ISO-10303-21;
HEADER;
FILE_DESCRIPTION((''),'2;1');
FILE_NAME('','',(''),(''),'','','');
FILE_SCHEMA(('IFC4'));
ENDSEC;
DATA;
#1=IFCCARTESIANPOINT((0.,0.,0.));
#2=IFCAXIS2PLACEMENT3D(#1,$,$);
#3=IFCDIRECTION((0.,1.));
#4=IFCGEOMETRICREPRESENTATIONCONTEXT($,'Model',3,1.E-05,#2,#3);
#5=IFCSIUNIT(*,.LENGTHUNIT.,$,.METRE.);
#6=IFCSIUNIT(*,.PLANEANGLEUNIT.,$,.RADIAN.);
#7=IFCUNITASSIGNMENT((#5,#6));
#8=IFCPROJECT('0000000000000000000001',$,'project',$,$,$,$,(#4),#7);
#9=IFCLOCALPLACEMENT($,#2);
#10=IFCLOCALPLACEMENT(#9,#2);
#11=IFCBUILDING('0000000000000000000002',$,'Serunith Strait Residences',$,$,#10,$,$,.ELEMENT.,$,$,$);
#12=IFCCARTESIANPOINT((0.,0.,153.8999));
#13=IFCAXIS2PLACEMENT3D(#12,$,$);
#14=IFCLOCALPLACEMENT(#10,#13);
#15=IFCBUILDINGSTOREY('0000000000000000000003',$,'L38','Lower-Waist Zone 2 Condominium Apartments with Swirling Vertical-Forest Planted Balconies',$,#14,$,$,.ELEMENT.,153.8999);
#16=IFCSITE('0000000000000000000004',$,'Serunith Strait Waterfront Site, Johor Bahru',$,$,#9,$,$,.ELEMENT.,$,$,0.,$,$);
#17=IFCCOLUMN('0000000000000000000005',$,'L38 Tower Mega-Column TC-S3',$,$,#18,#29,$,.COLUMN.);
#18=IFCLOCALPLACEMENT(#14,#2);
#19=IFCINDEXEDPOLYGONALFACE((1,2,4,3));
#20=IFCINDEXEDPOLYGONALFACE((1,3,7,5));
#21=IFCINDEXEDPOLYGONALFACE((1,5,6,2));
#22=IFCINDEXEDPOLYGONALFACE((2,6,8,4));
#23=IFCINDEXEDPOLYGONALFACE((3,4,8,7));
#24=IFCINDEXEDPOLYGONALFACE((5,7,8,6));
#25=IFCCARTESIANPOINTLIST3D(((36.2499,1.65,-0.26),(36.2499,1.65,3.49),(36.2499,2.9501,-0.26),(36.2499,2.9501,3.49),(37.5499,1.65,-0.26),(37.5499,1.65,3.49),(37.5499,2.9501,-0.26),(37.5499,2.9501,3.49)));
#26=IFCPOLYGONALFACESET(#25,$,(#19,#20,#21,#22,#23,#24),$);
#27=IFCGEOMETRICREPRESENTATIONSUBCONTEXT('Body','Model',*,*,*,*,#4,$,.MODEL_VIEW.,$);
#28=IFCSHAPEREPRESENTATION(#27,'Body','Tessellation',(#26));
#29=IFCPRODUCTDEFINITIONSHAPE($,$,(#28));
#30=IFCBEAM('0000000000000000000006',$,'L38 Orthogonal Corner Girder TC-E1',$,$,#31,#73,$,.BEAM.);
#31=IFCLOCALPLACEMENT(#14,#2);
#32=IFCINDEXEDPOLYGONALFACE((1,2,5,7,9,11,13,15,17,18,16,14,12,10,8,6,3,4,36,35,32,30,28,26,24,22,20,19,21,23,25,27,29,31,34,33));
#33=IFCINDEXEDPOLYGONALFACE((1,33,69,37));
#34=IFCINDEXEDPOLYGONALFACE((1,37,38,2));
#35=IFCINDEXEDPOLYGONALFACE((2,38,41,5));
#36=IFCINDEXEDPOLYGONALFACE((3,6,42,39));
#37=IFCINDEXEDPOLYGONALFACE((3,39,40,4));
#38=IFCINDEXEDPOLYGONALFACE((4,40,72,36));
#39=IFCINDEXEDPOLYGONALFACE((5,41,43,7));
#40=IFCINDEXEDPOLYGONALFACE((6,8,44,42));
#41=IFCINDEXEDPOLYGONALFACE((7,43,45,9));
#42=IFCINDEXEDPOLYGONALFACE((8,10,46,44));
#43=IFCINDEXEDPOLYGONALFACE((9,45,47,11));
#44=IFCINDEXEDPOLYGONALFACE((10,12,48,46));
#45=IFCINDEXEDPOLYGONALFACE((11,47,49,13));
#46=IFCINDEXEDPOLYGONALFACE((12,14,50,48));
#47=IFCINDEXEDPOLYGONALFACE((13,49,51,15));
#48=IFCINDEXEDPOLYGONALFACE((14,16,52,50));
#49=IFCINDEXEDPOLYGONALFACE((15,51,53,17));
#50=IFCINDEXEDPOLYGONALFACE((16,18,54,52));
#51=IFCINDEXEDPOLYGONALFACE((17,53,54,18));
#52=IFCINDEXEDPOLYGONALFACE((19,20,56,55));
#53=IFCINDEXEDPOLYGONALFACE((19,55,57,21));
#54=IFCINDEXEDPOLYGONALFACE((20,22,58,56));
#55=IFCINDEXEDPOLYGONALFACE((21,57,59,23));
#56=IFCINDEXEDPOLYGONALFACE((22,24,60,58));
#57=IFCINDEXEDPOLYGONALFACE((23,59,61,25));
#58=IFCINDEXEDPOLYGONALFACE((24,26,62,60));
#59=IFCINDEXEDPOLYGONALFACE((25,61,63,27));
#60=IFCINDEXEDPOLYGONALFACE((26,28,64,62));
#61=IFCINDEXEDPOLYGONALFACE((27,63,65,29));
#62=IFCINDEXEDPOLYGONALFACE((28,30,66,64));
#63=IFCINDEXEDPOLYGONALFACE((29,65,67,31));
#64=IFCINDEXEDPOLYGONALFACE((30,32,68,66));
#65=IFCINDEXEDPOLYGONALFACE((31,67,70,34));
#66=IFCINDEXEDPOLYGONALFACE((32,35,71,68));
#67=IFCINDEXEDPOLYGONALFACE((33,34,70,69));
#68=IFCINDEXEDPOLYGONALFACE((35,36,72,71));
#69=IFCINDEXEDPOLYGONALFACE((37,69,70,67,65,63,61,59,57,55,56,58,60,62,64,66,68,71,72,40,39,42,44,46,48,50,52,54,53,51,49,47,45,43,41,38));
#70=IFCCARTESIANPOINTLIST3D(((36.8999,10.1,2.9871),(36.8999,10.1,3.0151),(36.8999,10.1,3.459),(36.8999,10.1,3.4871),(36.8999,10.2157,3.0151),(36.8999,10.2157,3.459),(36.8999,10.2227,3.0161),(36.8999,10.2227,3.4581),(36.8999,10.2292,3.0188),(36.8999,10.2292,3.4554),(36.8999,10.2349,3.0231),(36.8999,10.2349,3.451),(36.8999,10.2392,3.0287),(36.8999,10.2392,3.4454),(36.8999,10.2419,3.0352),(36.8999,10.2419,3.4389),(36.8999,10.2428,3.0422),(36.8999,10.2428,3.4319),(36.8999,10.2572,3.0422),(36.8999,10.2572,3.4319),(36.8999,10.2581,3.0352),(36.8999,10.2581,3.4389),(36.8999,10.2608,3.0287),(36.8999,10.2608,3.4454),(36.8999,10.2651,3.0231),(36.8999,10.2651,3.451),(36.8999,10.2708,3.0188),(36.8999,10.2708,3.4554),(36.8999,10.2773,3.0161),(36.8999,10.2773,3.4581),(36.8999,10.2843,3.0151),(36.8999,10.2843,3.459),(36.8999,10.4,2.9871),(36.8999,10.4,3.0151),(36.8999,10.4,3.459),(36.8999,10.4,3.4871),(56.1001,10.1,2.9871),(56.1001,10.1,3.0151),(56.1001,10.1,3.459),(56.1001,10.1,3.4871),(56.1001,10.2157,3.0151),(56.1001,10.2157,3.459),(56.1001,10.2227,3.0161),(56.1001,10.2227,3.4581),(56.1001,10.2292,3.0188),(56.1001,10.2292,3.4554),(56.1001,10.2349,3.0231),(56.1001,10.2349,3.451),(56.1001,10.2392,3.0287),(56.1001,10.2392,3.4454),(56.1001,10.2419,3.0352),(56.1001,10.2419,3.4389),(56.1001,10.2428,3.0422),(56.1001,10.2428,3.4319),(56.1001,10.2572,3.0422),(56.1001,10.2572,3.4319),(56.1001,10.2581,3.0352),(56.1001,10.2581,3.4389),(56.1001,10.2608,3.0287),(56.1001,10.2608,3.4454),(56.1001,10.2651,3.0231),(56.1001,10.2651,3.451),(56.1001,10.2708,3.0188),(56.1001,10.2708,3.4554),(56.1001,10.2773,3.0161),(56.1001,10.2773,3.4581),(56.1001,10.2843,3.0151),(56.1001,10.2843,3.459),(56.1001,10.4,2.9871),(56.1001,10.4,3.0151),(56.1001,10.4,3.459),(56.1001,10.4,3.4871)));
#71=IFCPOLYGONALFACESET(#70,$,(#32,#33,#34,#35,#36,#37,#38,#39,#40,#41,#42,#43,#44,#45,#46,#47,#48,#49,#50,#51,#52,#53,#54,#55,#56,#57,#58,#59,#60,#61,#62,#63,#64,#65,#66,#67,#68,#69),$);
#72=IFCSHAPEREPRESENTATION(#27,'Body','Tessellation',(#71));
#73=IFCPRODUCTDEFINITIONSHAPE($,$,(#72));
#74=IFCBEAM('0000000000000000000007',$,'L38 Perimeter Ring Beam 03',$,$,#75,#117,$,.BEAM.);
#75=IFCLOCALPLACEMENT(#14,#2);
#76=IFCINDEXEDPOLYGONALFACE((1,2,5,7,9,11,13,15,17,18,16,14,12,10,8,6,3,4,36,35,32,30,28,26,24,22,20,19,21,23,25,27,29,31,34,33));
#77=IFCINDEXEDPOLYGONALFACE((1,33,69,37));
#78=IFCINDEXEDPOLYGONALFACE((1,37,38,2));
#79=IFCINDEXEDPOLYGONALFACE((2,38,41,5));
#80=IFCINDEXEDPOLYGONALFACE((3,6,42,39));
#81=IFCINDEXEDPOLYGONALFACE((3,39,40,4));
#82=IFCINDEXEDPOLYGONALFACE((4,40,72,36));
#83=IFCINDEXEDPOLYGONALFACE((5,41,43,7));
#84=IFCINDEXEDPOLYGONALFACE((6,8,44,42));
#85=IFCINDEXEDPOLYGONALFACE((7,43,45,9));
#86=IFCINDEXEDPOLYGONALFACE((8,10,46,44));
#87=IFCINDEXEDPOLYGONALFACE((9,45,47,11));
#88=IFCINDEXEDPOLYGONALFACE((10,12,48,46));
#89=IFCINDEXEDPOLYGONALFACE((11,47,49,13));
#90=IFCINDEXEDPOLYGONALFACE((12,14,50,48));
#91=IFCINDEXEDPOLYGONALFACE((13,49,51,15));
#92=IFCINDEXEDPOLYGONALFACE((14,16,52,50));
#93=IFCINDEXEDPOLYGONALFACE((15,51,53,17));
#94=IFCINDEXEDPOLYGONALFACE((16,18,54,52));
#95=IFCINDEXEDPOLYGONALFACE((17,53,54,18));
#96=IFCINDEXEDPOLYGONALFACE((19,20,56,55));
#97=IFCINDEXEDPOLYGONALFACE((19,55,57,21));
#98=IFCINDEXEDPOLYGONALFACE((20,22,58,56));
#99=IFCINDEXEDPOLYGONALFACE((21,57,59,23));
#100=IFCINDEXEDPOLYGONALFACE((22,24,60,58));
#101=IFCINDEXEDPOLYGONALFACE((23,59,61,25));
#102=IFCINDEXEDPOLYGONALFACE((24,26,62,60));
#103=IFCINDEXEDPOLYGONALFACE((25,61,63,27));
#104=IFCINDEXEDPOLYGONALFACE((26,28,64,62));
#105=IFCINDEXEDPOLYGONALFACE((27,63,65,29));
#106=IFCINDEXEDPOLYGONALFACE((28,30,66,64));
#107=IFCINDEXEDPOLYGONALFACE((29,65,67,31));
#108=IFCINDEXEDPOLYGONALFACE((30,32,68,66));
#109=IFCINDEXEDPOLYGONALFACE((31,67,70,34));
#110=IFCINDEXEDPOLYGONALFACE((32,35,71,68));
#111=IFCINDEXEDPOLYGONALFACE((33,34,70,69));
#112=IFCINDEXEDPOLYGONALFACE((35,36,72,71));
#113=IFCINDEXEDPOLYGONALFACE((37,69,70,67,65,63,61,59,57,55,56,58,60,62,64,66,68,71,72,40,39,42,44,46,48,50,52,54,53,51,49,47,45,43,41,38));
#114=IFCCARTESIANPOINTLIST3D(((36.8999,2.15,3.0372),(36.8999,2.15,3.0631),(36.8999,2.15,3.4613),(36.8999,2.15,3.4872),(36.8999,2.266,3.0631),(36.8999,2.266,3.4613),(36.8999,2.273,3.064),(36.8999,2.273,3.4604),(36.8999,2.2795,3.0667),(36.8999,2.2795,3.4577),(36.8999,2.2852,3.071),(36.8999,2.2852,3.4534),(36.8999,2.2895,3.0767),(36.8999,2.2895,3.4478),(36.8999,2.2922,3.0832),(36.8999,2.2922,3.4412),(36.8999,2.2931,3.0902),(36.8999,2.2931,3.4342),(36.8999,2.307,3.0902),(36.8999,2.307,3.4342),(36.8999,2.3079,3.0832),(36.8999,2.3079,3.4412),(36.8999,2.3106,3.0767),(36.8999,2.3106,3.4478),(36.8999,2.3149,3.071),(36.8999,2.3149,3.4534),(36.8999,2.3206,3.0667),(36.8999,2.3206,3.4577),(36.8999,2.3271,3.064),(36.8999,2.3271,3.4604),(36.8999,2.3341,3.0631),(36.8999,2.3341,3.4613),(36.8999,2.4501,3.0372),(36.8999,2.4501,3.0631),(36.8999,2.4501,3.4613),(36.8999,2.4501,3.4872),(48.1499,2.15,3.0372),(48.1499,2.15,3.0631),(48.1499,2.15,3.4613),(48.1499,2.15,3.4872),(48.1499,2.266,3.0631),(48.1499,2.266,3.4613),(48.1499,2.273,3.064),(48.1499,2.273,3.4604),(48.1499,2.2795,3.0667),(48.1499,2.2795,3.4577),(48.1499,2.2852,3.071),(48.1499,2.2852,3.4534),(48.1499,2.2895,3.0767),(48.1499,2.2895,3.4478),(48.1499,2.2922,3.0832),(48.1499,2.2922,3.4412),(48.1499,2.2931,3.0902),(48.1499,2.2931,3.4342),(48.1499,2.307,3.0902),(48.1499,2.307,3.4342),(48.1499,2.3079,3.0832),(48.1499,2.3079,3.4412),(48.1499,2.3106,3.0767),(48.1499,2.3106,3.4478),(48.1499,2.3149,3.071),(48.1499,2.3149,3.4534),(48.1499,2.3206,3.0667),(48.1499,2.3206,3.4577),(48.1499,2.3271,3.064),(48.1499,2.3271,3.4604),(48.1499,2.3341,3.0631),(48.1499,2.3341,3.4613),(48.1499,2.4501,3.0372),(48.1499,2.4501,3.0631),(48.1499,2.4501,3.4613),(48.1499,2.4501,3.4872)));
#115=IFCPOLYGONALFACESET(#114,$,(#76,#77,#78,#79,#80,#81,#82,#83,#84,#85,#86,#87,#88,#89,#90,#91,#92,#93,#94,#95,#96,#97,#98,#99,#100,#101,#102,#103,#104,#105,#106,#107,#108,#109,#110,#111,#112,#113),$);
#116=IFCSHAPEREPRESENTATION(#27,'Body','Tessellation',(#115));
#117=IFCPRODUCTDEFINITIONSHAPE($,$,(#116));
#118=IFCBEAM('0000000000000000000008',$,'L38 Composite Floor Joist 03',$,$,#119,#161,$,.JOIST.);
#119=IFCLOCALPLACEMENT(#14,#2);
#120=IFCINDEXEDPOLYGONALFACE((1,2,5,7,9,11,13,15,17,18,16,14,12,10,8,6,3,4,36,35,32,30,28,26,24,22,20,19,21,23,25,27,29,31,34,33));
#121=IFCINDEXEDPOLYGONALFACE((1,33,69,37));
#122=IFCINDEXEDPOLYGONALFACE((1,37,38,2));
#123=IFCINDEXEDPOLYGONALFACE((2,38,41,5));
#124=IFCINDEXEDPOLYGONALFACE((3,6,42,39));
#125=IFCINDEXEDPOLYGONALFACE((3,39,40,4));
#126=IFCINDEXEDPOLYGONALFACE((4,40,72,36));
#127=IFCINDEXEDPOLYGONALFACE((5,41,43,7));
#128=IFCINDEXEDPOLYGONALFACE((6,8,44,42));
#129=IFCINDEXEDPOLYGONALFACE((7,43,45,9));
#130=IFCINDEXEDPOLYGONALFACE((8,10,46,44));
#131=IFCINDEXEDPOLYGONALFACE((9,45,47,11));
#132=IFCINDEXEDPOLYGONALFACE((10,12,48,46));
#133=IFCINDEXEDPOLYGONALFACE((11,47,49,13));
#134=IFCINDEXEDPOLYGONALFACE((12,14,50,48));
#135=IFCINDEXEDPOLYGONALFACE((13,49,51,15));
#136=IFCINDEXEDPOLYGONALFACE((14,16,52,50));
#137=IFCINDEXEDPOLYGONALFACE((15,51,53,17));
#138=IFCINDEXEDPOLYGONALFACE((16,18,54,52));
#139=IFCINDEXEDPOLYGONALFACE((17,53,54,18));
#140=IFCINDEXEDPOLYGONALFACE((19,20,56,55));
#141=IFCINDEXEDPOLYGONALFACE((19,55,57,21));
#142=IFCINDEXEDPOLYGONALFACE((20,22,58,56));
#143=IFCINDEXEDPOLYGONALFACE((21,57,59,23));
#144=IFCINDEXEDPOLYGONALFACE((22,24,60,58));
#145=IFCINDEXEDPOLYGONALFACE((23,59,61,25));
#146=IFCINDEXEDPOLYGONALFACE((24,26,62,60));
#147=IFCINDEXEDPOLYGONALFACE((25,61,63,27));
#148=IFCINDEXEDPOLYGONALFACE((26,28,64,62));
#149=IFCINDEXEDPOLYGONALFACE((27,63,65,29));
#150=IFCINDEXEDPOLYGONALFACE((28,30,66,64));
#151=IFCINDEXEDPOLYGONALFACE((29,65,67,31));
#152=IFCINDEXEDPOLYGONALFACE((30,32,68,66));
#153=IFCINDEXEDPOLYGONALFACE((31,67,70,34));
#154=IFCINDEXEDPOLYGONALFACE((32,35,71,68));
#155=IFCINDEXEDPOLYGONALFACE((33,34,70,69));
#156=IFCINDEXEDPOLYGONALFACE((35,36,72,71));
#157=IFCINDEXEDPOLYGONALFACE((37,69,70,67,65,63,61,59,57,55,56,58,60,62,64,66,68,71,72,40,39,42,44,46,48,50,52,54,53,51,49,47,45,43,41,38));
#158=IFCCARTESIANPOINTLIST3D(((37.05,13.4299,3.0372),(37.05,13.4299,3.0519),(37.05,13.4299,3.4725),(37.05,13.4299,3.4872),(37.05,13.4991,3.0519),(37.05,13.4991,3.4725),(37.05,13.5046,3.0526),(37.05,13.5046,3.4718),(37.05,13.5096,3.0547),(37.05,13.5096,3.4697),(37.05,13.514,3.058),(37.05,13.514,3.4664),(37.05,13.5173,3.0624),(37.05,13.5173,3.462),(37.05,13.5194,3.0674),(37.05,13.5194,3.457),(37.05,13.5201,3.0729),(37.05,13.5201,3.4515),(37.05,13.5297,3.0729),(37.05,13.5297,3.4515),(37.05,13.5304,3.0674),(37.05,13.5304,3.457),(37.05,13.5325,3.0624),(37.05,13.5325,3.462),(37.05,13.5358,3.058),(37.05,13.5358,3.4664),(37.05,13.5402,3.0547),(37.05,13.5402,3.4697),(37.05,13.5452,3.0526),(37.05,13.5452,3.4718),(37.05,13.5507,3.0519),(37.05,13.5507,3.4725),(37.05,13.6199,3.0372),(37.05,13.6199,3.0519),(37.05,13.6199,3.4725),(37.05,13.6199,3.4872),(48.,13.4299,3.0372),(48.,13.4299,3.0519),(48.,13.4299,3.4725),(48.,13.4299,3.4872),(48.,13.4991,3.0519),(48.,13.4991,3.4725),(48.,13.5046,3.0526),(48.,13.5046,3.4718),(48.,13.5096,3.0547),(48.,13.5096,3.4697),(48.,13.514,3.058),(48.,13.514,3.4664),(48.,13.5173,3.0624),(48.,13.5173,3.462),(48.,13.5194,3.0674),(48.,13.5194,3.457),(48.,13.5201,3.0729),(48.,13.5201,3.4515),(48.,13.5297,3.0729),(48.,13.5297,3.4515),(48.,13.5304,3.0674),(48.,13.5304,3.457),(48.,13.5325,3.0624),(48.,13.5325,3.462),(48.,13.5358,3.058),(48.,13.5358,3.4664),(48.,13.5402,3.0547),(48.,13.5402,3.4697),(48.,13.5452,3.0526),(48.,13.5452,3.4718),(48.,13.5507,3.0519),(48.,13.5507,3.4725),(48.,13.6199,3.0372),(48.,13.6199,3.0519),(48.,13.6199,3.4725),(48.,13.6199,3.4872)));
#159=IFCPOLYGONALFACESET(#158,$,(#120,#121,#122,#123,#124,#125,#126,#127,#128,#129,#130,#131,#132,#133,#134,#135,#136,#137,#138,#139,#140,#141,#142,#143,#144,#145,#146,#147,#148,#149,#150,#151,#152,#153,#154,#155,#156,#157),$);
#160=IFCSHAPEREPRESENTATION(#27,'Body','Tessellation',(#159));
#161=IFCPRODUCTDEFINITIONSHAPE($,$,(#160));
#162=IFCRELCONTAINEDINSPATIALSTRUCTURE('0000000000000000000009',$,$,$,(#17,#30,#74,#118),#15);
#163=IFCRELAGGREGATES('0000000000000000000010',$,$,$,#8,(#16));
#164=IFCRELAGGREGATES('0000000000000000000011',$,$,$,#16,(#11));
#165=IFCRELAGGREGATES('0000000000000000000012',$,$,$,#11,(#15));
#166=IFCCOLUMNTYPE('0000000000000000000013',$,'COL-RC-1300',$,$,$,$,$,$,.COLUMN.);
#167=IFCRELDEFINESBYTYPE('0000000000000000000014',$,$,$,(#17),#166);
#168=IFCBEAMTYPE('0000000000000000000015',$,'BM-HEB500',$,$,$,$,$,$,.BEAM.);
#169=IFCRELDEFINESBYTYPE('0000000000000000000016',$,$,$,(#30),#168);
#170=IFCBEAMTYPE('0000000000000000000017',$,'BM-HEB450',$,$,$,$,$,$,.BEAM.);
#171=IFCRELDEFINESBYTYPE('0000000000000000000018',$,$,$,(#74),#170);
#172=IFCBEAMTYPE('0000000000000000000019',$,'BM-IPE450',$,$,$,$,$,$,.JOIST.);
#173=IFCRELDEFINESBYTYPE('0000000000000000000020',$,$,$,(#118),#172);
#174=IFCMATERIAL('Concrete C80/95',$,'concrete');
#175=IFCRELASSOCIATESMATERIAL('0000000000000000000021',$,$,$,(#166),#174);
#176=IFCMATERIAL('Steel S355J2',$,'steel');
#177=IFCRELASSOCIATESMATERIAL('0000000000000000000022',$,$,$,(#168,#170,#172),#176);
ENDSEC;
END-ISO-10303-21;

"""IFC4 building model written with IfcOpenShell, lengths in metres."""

from ifc_helpers import new_model, si_unit, direction, frame, origin, origin_2d, place, context, subcontext, project, spatial, rectangle, i_section, extrude, source, transform, mapped, material, material_profile, profile_set, type_object, element, save


model = new_model("IFC4")

# Units and contexts
model_context = context("Model", 3, precision=1e-05, world=origin(), true_north=direction((0.0, 1.0)))
body_context = subcontext(model_context, "Body", "Model", "MODEL_VIEW")
ifc_project = project(units=[si_unit("LENGTHUNIT", "METRE"), si_unit("PLANEANGLEUNIT", "RADIAN")], contexts=[model_context])

# Site, building, storey
site_placement = place(None, origin())
site = spatial("IfcSite", under=ifc_project, at=site_placement, Name="Serunith Strait Waterfront Site, Johor Bahru", CompositionType="ELEMENT", RefElevation=0.0)
building_placement = place(site_placement, origin())
building = spatial("IfcBuilding", under=site, at=building_placement, Name="Serunith Strait Residences", CompositionType="ELEMENT")
storey_placement = place(building_placement, frame((0.0, 0.0, 153.8999)))
storey = spatial("IfcBuildingStorey", under=building, at=storey_placement, Name="L38", Description="Lower-Waist Zone 2 Condominium Apartments with Swirling Vertical-Forest Planted Balconies", CompositionType="ELEMENT", Elevation=153.8999)

# Column
ifc_material_1 = material(Name="Concrete C80/95", Category="concrete")
ifc_material_profile_1 = material_profile(ifc_material_1, rectangle(XDim=1.3, YDim=1.3, at=origin_2d()), Name="RC 1300x1300")
ifc_profile_set_1 = profile_set([ifc_material_profile_1], Name="Concrete C80/95")
column_type = type_object("IfcColumnType", Name="COL-RC-1300", PredefinedType="COLUMN", material=ifc_profile_set_1)
shared_shape_1 = source(origin(), body_context, "Body", "SweptSolid", [
    extrude(rectangle(XDim=1.3, YDim=1.3, at=origin_2d()), origin(), (0.0, 0.0, 1.0), 3.75),
])
column_placement = place(storey_placement, frame((36.8999, 2.3, -0.26), z_axis=(0.0, 0.0, 1.0), x_axis=(1.0, 0.0, 0.0)))
element("IfcColumn", 1, at=column_placement, inside=storey, type_object=column_type, Name="L38 Tower Mega-Column TC-S3", PredefinedType="COLUMN", context=body_context, shape_type="MappedRepresentation", body=[
    mapped(shared_shape_1, transform((0.0, 0.0, 0.0), scale=1.0)),
])

# Beams
ifc_material_2 = material(Name="Steel S355J2", Category="steel")
ifc_material_profile_2 = material_profile(ifc_material_2, i_section(OverallWidth=0.3, OverallDepth=0.5, WebThickness=0.0144, FlangeThickness=0.0281, FilletRadius=0.0271, at=origin_2d()), Name="HEB 500")
ifc_profile_set_2 = profile_set([ifc_material_profile_2], Name="Steel S355J2")
beam_type_1 = type_object("IfcBeamType", Name="BM-HEB500", PredefinedType="BEAM", material=ifc_profile_set_2)
shared_shape_2 = source(origin(), body_context, "Body", "SweptSolid", [
    extrude(i_section(OverallWidth=0.3, OverallDepth=0.5, WebThickness=0.0144, FlangeThickness=0.0281, FilletRadius=0.0271, at=origin_2d()), origin(), (0.0, 0.0, 1.0), 19.2002),
])
beam_1_placement = place(storey_placement, frame((36.8999, 10.25, 3.2371), z_axis=(1.0, 0.0, 0.0), x_axis=(0.0, 1.0, 0.0)))
element("IfcBeam", 2, at=beam_1_placement, inside=storey, type_object=beam_type_1, Name="L38 Orthogonal Corner Girder TC-E1", PredefinedType="BEAM", context=body_context, shape_type="MappedRepresentation", body=[
    mapped(shared_shape_2, transform((0.0, 0.0, 0.0), scale=1.0)),
])
ifc_material_profile_3 = material_profile(ifc_material_2, i_section(OverallWidth=0.3, OverallDepth=0.45, WebThickness=0.0139, FlangeThickness=0.0259, FilletRadius=0.0271, at=origin_2d()), Name="HEB 450")
ifc_profile_set_3 = profile_set([ifc_material_profile_3], Name="Steel S355J2")
beam_type_2 = type_object("IfcBeamType", Name="BM-HEB450", PredefinedType="BEAM", material=ifc_profile_set_3)
shared_shape_3 = source(origin(), body_context, "Body", "SweptSolid", [
    extrude(i_section(OverallWidth=0.3, OverallDepth=0.45, WebThickness=0.0139, FlangeThickness=0.0259, FilletRadius=0.0271, at=origin_2d()), origin(), (0.0, 0.0, 1.0), 11.25),
])
beam_2_placement = place(storey_placement, frame((36.8999, 2.3, 3.2622), z_axis=(1.0, 0.0, 0.0), x_axis=(0.0, 1.0, 0.0)))
element("IfcBeam", 3, at=beam_2_placement, inside=storey, type_object=beam_type_2, Name="L38 Perimeter Ring Beam 03", PredefinedType="BEAM", context=body_context, shape_type="MappedRepresentation", body=[
    mapped(shared_shape_3, transform((0.0, 0.0, 0.0), scale=1.0)),
])
ifc_material_profile_4 = material_profile(ifc_material_2, i_section(OverallWidth=0.1899, OverallDepth=0.45, WebThickness=0.0095, FlangeThickness=0.0146, FilletRadius=0.021, at=origin_2d()), Name="IPE 450")
ifc_profile_set_4 = profile_set([ifc_material_profile_4], Name="Steel S355J2")
beam_type_3 = type_object("IfcBeamType", Name="BM-IPE450", PredefinedType="JOIST", material=ifc_profile_set_4)
shared_shape_4 = source(origin(), body_context, "Body", "SweptSolid", [
    extrude(i_section(OverallWidth=0.1899, OverallDepth=0.45, WebThickness=0.0095, FlangeThickness=0.0146, FilletRadius=0.021, at=origin_2d()), origin(), (0.0, 0.0, 1.0), 10.95),
])
beam_3_placement = place(storey_placement, frame((37.05, 13.5249, 3.2622), z_axis=(1.0, 0.0, 0.0), x_axis=(0.0, 1.0, 0.0)))
element("IfcBeam", 4, at=beam_3_placement, inside=storey, type_object=beam_type_3, Name="L38 Composite Floor Joist 03", PredefinedType="JOIST", context=body_context, shape_type="MappedRepresentation", body=[
    mapped(shared_shape_4, transform((0.0, 0.0, 0.0), scale=1.0)),
])

save(model, "model.ifc")
